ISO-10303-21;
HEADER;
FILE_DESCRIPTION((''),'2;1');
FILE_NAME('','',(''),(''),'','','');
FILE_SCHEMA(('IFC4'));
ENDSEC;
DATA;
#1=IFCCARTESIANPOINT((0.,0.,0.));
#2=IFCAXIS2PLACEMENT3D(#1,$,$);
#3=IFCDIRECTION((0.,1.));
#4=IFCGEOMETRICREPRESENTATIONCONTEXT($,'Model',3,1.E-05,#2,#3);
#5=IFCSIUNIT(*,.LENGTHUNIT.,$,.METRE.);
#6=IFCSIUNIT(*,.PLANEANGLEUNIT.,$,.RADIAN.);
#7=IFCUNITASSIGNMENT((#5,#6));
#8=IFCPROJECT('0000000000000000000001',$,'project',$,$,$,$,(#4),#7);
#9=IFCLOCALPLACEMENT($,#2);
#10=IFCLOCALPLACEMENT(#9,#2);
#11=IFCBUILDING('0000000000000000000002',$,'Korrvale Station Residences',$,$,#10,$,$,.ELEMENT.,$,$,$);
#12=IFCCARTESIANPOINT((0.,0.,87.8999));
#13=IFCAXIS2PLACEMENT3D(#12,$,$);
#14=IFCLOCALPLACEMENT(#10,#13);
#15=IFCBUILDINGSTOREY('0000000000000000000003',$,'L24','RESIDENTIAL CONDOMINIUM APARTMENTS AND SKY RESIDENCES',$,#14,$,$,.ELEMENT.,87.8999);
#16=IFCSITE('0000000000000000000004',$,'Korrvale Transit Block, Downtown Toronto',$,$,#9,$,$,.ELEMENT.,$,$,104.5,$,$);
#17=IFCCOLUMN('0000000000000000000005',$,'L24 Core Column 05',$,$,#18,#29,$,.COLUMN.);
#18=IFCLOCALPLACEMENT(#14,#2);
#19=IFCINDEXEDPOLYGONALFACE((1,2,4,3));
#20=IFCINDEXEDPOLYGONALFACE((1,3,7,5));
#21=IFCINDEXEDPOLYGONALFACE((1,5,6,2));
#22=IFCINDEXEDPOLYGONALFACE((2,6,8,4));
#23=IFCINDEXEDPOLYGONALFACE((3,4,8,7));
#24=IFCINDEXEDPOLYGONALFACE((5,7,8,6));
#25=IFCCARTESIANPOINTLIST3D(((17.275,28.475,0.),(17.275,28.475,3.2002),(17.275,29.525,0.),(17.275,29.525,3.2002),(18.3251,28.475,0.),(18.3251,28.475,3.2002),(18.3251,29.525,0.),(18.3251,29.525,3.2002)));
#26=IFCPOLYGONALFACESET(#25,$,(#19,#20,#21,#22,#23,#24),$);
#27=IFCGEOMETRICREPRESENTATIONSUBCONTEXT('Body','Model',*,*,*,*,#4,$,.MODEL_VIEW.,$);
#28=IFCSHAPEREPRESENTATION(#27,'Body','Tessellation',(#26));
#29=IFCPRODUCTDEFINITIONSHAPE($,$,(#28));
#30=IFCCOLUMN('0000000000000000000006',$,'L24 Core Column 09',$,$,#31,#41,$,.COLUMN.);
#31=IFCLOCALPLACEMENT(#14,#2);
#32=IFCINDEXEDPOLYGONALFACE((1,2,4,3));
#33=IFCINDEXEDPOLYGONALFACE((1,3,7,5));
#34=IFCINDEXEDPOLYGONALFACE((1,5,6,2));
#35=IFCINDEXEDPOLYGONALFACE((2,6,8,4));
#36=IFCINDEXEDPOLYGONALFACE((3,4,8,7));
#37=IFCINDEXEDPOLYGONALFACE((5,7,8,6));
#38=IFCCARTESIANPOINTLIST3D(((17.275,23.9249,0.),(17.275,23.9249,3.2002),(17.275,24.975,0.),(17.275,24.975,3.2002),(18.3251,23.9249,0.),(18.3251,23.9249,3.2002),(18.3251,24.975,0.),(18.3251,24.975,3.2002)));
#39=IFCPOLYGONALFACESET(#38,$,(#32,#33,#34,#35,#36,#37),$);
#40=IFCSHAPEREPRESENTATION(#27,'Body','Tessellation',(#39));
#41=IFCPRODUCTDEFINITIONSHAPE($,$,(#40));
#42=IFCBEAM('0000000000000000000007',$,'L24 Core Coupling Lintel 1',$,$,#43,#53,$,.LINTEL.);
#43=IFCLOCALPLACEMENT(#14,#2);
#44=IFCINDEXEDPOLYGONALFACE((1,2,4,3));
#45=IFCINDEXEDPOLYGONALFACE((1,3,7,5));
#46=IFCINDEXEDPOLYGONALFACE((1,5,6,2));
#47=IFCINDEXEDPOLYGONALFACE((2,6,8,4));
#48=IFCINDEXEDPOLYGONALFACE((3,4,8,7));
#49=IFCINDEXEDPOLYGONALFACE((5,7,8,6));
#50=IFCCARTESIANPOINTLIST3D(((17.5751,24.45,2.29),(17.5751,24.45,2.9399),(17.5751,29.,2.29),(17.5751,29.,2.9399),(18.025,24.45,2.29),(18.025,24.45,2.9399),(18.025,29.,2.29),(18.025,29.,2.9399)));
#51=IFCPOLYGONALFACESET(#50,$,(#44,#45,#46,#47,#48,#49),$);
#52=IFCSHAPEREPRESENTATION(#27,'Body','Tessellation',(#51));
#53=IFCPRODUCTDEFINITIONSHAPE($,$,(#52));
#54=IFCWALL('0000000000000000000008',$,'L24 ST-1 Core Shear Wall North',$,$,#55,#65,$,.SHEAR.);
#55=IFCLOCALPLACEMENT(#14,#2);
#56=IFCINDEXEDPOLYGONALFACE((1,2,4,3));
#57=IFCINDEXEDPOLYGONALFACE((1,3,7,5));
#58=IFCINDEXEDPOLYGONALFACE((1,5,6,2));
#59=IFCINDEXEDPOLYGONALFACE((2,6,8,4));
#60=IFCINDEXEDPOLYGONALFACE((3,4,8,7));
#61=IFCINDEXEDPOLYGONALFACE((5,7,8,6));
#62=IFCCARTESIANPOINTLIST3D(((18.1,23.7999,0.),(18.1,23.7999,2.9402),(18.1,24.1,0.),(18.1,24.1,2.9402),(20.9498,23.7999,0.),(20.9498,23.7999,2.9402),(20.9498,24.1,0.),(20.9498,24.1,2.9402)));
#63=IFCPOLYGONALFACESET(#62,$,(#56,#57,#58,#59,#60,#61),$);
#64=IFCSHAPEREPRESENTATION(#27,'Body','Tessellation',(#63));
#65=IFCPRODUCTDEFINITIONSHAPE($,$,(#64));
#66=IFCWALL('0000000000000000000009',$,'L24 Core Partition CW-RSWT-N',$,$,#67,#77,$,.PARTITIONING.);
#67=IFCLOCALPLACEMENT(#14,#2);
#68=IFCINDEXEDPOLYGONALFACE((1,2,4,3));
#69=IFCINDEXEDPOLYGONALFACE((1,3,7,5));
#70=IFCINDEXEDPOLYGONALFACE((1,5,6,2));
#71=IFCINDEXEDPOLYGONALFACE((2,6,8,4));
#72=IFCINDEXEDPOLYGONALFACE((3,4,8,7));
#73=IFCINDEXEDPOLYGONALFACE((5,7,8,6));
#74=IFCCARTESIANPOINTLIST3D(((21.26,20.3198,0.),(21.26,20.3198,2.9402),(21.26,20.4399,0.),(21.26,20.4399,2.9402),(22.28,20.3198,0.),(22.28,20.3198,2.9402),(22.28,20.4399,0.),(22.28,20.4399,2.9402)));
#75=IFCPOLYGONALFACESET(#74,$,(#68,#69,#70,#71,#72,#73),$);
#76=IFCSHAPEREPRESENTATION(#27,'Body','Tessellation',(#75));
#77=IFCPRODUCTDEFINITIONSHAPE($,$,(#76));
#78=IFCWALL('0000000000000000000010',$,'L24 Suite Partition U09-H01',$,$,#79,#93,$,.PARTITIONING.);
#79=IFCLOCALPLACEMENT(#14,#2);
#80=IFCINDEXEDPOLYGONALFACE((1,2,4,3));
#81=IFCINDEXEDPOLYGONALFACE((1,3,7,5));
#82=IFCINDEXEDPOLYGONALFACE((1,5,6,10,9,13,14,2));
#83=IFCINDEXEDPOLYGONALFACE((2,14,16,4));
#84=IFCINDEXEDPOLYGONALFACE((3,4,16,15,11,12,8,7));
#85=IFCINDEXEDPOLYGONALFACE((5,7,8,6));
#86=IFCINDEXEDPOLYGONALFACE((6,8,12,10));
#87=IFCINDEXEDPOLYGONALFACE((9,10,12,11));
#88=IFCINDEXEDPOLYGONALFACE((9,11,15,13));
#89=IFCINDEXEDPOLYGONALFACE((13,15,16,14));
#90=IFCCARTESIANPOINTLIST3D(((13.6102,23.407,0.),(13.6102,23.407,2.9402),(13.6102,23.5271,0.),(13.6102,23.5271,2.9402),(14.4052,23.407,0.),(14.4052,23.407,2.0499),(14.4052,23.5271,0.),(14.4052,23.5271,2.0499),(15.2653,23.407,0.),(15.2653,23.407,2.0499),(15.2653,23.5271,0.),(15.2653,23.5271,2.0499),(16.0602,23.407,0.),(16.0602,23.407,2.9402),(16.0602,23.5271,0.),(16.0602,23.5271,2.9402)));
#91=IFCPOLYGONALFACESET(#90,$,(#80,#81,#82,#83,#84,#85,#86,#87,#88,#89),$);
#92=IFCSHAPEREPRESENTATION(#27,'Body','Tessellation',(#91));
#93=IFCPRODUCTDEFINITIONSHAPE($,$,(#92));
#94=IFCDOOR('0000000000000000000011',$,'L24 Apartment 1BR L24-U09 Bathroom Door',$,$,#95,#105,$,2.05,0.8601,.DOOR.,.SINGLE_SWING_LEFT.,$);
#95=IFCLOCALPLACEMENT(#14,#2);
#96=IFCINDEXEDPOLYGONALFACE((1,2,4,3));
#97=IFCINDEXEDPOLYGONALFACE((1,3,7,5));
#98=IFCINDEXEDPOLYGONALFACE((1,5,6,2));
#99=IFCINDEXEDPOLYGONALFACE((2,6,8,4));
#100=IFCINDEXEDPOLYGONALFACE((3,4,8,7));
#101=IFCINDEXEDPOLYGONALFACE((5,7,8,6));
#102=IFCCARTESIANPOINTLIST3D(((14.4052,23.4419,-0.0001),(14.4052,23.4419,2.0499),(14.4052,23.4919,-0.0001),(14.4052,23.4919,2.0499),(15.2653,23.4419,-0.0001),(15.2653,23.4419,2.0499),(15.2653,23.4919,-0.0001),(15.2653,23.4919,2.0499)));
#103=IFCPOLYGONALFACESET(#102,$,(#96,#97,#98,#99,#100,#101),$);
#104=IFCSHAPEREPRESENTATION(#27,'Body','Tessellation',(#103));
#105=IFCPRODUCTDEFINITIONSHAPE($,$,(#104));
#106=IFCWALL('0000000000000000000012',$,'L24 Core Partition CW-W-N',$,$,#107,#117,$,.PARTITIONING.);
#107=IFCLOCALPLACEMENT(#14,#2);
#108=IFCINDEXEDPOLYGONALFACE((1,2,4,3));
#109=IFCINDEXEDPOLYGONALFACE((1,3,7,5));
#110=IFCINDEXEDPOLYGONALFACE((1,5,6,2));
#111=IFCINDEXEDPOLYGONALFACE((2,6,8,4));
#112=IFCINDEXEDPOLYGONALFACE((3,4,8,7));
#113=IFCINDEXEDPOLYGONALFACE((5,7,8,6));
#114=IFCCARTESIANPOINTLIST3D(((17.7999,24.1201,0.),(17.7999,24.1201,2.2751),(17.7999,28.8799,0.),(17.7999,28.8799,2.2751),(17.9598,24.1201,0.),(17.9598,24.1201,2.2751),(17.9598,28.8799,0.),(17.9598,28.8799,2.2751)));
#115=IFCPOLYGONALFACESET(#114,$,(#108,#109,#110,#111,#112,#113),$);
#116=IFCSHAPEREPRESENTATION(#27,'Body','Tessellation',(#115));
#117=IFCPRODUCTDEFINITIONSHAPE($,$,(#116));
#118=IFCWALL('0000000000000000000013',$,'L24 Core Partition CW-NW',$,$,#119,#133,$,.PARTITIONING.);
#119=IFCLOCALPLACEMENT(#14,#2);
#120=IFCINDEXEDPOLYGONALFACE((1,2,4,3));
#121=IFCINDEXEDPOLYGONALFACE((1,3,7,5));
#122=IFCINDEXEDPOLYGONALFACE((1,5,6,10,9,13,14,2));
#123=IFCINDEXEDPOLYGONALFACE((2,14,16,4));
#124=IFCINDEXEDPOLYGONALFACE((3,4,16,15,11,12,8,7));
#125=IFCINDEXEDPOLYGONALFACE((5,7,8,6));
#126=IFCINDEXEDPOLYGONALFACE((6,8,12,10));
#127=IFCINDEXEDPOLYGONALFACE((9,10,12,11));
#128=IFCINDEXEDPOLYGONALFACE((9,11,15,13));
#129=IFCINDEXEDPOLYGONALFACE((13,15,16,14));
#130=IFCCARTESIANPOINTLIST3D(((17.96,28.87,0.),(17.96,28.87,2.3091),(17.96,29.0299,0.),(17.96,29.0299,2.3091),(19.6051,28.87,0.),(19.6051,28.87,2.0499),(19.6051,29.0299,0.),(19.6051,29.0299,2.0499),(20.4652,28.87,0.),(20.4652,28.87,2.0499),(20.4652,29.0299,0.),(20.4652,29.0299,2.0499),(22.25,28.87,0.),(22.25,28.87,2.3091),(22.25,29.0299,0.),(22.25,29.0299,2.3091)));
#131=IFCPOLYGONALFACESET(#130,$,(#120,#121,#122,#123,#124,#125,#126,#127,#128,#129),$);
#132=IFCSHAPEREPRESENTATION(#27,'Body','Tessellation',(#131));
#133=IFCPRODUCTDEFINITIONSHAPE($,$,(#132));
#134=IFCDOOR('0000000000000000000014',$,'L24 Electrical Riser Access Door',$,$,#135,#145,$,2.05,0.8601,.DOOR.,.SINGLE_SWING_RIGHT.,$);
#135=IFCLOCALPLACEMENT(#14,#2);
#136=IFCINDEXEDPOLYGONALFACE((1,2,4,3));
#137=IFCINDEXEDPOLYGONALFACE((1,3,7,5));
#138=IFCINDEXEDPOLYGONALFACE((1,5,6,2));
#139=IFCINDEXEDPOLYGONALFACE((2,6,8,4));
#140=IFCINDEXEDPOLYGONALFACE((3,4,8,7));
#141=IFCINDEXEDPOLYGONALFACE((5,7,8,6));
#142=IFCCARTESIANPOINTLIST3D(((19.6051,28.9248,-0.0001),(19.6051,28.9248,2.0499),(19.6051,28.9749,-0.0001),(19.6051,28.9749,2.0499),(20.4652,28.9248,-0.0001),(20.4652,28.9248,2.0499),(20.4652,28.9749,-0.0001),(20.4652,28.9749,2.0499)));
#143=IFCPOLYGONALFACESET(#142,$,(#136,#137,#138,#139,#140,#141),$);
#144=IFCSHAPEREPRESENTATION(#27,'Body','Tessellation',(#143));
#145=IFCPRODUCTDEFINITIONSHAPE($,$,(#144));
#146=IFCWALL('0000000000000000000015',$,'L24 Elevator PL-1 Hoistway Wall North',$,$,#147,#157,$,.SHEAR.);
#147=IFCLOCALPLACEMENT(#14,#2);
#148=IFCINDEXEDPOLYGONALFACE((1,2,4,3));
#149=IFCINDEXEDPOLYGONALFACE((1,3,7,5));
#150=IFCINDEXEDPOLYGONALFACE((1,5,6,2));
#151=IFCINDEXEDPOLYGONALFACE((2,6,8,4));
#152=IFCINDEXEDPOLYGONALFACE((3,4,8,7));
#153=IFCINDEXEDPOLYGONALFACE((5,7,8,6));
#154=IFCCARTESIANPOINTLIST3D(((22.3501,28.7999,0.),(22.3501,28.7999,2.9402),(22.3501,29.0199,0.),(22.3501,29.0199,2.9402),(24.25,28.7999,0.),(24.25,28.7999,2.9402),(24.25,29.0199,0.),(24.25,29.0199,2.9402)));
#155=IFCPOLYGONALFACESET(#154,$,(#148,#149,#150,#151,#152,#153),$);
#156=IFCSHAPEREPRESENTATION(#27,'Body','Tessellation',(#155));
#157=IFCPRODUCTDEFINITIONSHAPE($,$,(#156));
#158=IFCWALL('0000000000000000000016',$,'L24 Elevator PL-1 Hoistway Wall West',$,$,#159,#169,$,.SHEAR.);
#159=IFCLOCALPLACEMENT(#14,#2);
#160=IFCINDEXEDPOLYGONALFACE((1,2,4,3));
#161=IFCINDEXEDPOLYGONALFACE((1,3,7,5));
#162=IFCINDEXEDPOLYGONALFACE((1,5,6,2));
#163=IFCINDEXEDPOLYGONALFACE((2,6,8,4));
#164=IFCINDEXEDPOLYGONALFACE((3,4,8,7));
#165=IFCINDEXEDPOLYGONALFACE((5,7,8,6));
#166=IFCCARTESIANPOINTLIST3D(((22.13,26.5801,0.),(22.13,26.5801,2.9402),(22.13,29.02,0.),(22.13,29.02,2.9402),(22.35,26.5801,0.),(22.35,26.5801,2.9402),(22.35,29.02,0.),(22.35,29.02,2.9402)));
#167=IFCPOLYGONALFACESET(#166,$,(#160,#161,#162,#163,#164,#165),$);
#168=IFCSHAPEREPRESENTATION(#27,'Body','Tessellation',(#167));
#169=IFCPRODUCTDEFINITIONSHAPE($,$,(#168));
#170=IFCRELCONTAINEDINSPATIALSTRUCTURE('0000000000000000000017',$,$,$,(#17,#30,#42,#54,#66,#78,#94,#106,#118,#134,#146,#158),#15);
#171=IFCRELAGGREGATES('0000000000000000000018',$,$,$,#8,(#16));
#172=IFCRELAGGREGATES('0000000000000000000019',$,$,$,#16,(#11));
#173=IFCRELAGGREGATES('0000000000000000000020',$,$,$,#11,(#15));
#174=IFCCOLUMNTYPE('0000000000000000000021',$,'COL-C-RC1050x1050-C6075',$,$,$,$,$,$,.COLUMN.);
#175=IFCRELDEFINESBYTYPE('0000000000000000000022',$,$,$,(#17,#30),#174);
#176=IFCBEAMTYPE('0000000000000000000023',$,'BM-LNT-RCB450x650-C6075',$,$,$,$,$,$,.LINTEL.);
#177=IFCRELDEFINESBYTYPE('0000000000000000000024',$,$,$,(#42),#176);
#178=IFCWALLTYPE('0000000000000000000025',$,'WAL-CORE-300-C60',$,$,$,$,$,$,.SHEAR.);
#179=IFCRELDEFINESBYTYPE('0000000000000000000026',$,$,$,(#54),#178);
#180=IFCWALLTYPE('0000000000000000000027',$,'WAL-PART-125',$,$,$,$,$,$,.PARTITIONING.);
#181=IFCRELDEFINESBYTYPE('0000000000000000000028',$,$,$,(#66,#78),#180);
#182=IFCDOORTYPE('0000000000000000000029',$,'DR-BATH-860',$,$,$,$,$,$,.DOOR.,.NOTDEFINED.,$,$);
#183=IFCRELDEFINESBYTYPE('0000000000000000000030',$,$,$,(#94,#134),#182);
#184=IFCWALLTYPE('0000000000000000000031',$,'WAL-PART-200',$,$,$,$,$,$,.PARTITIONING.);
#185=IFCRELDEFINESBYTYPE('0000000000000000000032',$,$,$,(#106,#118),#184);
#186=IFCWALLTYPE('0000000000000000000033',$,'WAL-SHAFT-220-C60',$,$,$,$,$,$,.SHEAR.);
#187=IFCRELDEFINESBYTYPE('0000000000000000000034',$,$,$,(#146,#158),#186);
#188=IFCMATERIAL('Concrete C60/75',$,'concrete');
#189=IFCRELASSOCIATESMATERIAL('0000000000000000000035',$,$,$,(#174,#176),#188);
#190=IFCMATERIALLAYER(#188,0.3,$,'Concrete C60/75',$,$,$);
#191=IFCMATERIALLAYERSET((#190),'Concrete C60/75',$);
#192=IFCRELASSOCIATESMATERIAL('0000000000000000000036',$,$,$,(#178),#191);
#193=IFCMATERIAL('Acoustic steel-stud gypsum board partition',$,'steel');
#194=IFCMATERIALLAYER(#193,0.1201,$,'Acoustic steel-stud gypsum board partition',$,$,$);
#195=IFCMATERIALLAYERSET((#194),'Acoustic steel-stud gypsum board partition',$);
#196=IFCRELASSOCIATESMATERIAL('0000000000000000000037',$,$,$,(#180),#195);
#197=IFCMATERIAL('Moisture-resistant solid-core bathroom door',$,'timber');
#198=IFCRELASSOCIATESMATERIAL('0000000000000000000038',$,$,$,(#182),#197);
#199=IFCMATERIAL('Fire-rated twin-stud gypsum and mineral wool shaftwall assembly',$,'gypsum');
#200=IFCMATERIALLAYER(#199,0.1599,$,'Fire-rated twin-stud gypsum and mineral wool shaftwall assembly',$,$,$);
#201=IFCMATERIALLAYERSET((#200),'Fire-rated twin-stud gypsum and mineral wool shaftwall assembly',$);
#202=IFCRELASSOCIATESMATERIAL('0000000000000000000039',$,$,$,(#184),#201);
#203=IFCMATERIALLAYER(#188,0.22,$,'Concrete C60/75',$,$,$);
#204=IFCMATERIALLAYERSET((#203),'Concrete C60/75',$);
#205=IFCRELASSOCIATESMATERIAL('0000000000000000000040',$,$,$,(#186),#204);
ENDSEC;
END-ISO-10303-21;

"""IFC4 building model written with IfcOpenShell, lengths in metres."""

from ifc_helpers import new_model, si_unit, direction, frame, frame_2d, origin, origin_2d, place, context, subcontext, project, spatial, rectangle, extrude, material, layer, layer_set, material_profile, profile_set, type_object, element, fill, save


model = new_model("IFC4")

# Units and contexts
model_context = context("Model", 3, precision=1e-05, world=origin(), true_north=direction((0.0, 1.0)))
body_context = subcontext(model_context, "Body", "Model", "MODEL_VIEW")
ifc_project = project(units=[si_unit("LENGTHUNIT", "METRE"), si_unit("PLANEANGLEUNIT", "RADIAN")], contexts=[model_context])

# Site, building, storey
site_placement = place(None, origin())
site = spatial("IfcSite", under=ifc_project, at=site_placement, Name="Korrvale Transit Block, Downtown Toronto", CompositionType="ELEMENT", RefElevation=104.5)
building_placement = place(site_placement, origin())
building = spatial("IfcBuilding", under=site, at=building_placement, Name="Korrvale Station Residences", CompositionType="ELEMENT")
storey_placement = place(building_placement, frame((0.0, 0.0, 87.8999)))
storey = spatial("IfcBuildingStorey", under=building, at=storey_placement, Name="L24", Description="RESIDENTIAL CONDOMINIUM APARTMENTS AND SKY RESIDENCES", CompositionType="ELEMENT", Elevation=87.8999)

# Columns
ifc_material_1 = material(Name="Concrete C60/75", Category="concrete")
ifc_material_profile_1 = material_profile(ifc_material_1, rectangle(XDim=1.05, YDim=1.05, at=origin_2d()), Name="RC1050x1050")
ifc_profile_set_1 = profile_set([ifc_material_profile_1], Name="Concrete C60/75")
column_type = type_object("IfcColumnType", Name="COL-C-RC1050x1050-C6075", PredefinedType="COLUMN", material=ifc_profile_set_1)
for number, where, z_axis, x_axis, name in (
    (1, (17.8, 29.0, 0.0), (0.0, 0.0, 1.0), (1.0, 0.0, 0.0), "L24 Core Column 05"),
    (2, (17.8, 24.45, 0.0), (0.0, 0.0, 1.0), (1.0, 0.0, 0.0), "L24 Core Column 09"),
):
    element("IfcColumn", number, at=place(storey_placement, frame(where, z_axis=z_axis, x_axis=x_axis)), inside=storey, type_object=column_type, Name=name, PredefinedType="COLUMN", context=body_context, shape_type="SweptSolid", body=[
        extrude(rectangle(XDim=1.05, YDim=1.05, at=origin_2d()), origin(), (0.0, 0.0, 1.0), 3.2002),
    ])

# Beam
ifc_material_profile_2 = material_profile(ifc_material_1, rectangle(XDim=0.45, YDim=0.6499, at=origin_2d()), Name="RCB450x650")
ifc_profile_set_2 = profile_set([ifc_material_profile_2], Name="Concrete C60/75")
beam_type = type_object("IfcBeamType", Name="BM-LNT-RCB450x650-C6075", PredefinedType="LINTEL", material=ifc_profile_set_2)
beam_placement = place(storey_placement, frame((17.8, 24.45, 2.615), z_axis=(0.0, 1.0, 0.0), x_axis=(-1.0, 0.0, 0.0)))
element("IfcBeam", 3, at=beam_placement, inside=storey, type_object=beam_type, Name="L24 Core Coupling Lintel 1", PredefinedType="LINTEL", context=body_context, shape_type="SweptSolid", body=[
    extrude(rectangle(XDim=0.45, YDim=0.6499, at=origin_2d()), origin(), (0.0, 0.0, 1.0), 4.55),
])

# Walls
ifc_layer_1 = layer(ifc_material_1, 0.3, Name="Concrete C60/75")
ifc_layer_set_1 = layer_set([ifc_layer_1], Name="Concrete C60/75")
wall_type_1 = type_object("IfcWallType", Name="WAL-CORE-300-C60", PredefinedType="SHEAR", material=ifc_layer_set_1)
wall_1_placement = place(storey_placement, frame((18.1001, 23.95, 0.0), z_axis=(0.0, 0.0, 1.0), x_axis=(1.0, 0.0, 0.0)))
element("IfcWall", 4, at=wall_1_placement, inside=storey, type_object=wall_type_1, Name="L24 ST-1 Core Shear Wall North", PredefinedType="SHEAR", context=body_context, shape_type="SweptSolid", body=[
    extrude(rectangle(XDim=2.8499, YDim=0.3, at=frame_2d((1.4248, 0.0))), origin(), (0.0, 0.0, 1.0), 2.9402),
])
ifc_material_2 = material(Name="Acoustic steel-stud gypsum board partition", Category="steel")
ifc_layer_2 = layer(ifc_material_2, 0.1201, Name="Acoustic steel-stud gypsum board partition")
ifc_layer_set_2 = layer_set([ifc_layer_2], Name="Acoustic steel-stud gypsum board partition")
wall_type_2 = type_object("IfcWallType", Name="WAL-PART-125", PredefinedType="PARTITIONING", material=ifc_layer_set_2)
wall_2_placement = place(storey_placement, frame((22.28, 20.3799, 0.0), z_axis=(0.0, 0.0, 1.0), x_axis=(-1.0, 0.0, 0.0)))
element("IfcWall", 5, at=wall_2_placement, inside=storey, type_object=wall_type_2, Name="L24 Core Partition CW-RSWT-N", PredefinedType="PARTITIONING", context=body_context, shape_type="SweptSolid", body=[
    extrude(rectangle(XDim=1.02, YDim=0.1201, at=frame_2d((0.51, 0.0))), origin(), (0.0, 0.0, 1.0), 2.9402),
])

# Wall, opening, door
wall_3_placement = place(storey_placement, frame((13.6101, 23.467, 0.0), z_axis=(0.0, 0.0, 1.0), x_axis=(1.0, 0.0, 0.0)))
wall_3 = element("IfcWall", 6, at=wall_3_placement, inside=storey, type_object=wall_type_2, Name="L24 Suite Partition U09-H01", PredefinedType="PARTITIONING", context=body_context, shape_type="SweptSolid", body=[
    extrude(rectangle(XDim=2.45, YDim=0.1201, at=frame_2d((1.2251, 0.0))), origin(), (0.0, 0.0, 1.0), 2.9402),
])
opening_1_placement = place(wall_3_placement, frame((0.7949, 0.0, 0.0)))
opening_1 = element("IfcOpeningElement", 7, at=opening_1_placement, cuts=wall_3, PredefinedType="OPENING", context=body_context, shape_type="SweptSolid", body=[
    extrude(rectangle(XDim=0.8601, YDim=2.05, at=frame_2d((0.4302, 1.0249))), frame((0.0, 0.0701, 0.0), z_axis=(0.0, -1.0, 0.0), x_axis=(1.0, 0.0, 0.0)), (0.0, 0.0, 1.0), 0.1401),
])
ifc_material_3 = material(Name="Moisture-resistant solid-core bathroom door", Category="timber")
door_type_1 = type_object("IfcDoorType", Name="DR-BATH-860", OperationType="NOTDEFINED", PredefinedType="DOOR", material=ifc_material_3)
door_1_placement = place(opening_1_placement, origin())
door_1 = element("IfcDoor", 8, at=door_1_placement, inside=storey, type_object=door_type_1, Name="L24 Apartment 1BR L24-U09 Bathroom Door", OperationType="SINGLE_SWING_LEFT", OverallHeight=2.05, OverallWidth=0.8601, PredefinedType="DOOR", context=body_context, shape_type="SweptSolid", body=[
    extrude(rectangle(XDim=0.8601, YDim=2.05, at=frame_2d((0.4302, 1.0249))), frame((0.0, 0.0249, 0.0), z_axis=(0.0, -1.0, 0.0), x_axis=(1.0, 0.0, 0.0)), (0.0, 0.0, 1.0), 0.05),
])
fill(opening_1, door_1)

# Wall
ifc_material_4 = material(Name="Fire-rated twin-stud gypsum and mineral wool shaftwall assembly", Category="gypsum")
ifc_layer_3 = layer(ifc_material_4, 0.1599, Name="Fire-rated twin-stud gypsum and mineral wool shaftwall assembly")
ifc_layer_set_3 = layer_set([ifc_layer_3], Name="Fire-rated twin-stud gypsum and mineral wool shaftwall assembly")
wall_type_3 = type_object("IfcWallType", Name="WAL-PART-200", PredefinedType="PARTITIONING", material=ifc_layer_set_3)
wall_4_placement = place(storey_placement, frame((17.8799, 24.1201, 0.0), z_axis=(0.0, 0.0, 1.0), x_axis=(0.0, 1.0, 0.0)))
element("IfcWall", 9, at=wall_4_placement, inside=storey, type_object=wall_type_3, Name="L24 Core Partition CW-W-N", PredefinedType="PARTITIONING", context=body_context, shape_type="SweptSolid", body=[
    extrude(rectangle(XDim=4.7598, YDim=0.1599, at=frame_2d((2.3799, 0.0))), origin(), (0.0, 0.0, 1.0), 2.2751),
])

# Wall, opening, door
wall_5_placement = place(storey_placement, frame((17.96, 28.95, 0.0), z_axis=(0.0, 0.0, 1.0), x_axis=(1.0, 0.0, 0.0)))
wall_5 = element("IfcWall", 10, at=wall_5_placement, inside=storey, type_object=wall_type_3, Name="L24 Core Partition CW-NW", PredefinedType="PARTITIONING", context=body_context, shape_type="SweptSolid", body=[
    extrude(rectangle(XDim=4.29, YDim=0.1599, at=frame_2d((2.145, 0.0))), origin(), (0.0, 0.0, 1.0), 2.3091),
])
opening_2_placement = place(wall_5_placement, frame((1.645, 0.0, 0.0)))
opening_2 = element("IfcOpeningElement", 11, at=opening_2_placement, cuts=wall_5, PredefinedType="OPENING", context=body_context, shape_type="SweptSolid", body=[
    extrude(rectangle(XDim=0.8601, YDim=2.05, at=frame_2d((0.4302, 1.0249))), frame((0.0, 0.0898, 0.0), z_axis=(0.0, -1.0, 0.0), x_axis=(1.0, 0.0, 0.0)), (0.0, 0.0, 1.0), 0.1799),
])
door_2_placement = place(opening_2_placement, origin())
door_2 = element("IfcDoor", 12, at=door_2_placement, inside=storey, type_object=door_type_1, Name="L24 Electrical Riser Access Door", OperationType="SINGLE_SWING_RIGHT", OverallHeight=2.05, OverallWidth=0.8601, PredefinedType="DOOR", context=body_context, shape_type="SweptSolid", body=[
    extrude(rectangle(XDim=0.8601, YDim=2.05, at=frame_2d((0.4302, 1.0249))), frame((0.0, 0.0249, 0.0), z_axis=(0.0, -1.0, 0.0), x_axis=(1.0, 0.0, 0.0)), (0.0, 0.0, 1.0), 0.05),
])
fill(opening_2, door_2)
ifc_layer_4 = layer(ifc_material_1, 0.22, Name="Concrete C60/75")
ifc_layer_set_4 = layer_set([ifc_layer_4], Name="Concrete C60/75")
wall_type_4 = type_object("IfcWallType", Name="WAL-SHAFT-220-C60", PredefinedType="SHEAR", material=ifc_layer_set_4)

# Walls
wall_6_placement = place(storey_placement, frame((22.3501, 28.9099, 0.0), z_axis=(0.0, 0.0, 1.0), x_axis=(1.0, 0.0, 0.0)))
element("IfcWall", 13, at=wall_6_placement, inside=storey, type_object=wall_type_4, Name="L24 Elevator PL-1 Hoistway Wall North", PredefinedType="SHEAR", context=body_context, shape_type="SweptSolid", body=[
    extrude(rectangle(XDim=1.8999, YDim=0.22, at=frame_2d((0.95, 0.0))), origin(), (0.0, 0.0, 1.0), 2.9402),
])
wall_7_placement = place(storey_placement, frame((22.24, 26.5801, 0.0), z_axis=(0.0, 0.0, 1.0), x_axis=(0.0, 1.0, 0.0)))
element("IfcWall", 14, at=wall_7_placement, inside=storey, type_object=wall_type_4, Name="L24 Elevator PL-1 Hoistway Wall West", PredefinedType="SHEAR", context=body_context, shape_type="SweptSolid", body=[
    extrude(rectangle(XDim=2.4399, YDim=0.22, at=frame_2d((1.22, 0.0))), origin(), (0.0, 0.0, 1.0), 2.9402),
])

save(model, "model.ifc")
